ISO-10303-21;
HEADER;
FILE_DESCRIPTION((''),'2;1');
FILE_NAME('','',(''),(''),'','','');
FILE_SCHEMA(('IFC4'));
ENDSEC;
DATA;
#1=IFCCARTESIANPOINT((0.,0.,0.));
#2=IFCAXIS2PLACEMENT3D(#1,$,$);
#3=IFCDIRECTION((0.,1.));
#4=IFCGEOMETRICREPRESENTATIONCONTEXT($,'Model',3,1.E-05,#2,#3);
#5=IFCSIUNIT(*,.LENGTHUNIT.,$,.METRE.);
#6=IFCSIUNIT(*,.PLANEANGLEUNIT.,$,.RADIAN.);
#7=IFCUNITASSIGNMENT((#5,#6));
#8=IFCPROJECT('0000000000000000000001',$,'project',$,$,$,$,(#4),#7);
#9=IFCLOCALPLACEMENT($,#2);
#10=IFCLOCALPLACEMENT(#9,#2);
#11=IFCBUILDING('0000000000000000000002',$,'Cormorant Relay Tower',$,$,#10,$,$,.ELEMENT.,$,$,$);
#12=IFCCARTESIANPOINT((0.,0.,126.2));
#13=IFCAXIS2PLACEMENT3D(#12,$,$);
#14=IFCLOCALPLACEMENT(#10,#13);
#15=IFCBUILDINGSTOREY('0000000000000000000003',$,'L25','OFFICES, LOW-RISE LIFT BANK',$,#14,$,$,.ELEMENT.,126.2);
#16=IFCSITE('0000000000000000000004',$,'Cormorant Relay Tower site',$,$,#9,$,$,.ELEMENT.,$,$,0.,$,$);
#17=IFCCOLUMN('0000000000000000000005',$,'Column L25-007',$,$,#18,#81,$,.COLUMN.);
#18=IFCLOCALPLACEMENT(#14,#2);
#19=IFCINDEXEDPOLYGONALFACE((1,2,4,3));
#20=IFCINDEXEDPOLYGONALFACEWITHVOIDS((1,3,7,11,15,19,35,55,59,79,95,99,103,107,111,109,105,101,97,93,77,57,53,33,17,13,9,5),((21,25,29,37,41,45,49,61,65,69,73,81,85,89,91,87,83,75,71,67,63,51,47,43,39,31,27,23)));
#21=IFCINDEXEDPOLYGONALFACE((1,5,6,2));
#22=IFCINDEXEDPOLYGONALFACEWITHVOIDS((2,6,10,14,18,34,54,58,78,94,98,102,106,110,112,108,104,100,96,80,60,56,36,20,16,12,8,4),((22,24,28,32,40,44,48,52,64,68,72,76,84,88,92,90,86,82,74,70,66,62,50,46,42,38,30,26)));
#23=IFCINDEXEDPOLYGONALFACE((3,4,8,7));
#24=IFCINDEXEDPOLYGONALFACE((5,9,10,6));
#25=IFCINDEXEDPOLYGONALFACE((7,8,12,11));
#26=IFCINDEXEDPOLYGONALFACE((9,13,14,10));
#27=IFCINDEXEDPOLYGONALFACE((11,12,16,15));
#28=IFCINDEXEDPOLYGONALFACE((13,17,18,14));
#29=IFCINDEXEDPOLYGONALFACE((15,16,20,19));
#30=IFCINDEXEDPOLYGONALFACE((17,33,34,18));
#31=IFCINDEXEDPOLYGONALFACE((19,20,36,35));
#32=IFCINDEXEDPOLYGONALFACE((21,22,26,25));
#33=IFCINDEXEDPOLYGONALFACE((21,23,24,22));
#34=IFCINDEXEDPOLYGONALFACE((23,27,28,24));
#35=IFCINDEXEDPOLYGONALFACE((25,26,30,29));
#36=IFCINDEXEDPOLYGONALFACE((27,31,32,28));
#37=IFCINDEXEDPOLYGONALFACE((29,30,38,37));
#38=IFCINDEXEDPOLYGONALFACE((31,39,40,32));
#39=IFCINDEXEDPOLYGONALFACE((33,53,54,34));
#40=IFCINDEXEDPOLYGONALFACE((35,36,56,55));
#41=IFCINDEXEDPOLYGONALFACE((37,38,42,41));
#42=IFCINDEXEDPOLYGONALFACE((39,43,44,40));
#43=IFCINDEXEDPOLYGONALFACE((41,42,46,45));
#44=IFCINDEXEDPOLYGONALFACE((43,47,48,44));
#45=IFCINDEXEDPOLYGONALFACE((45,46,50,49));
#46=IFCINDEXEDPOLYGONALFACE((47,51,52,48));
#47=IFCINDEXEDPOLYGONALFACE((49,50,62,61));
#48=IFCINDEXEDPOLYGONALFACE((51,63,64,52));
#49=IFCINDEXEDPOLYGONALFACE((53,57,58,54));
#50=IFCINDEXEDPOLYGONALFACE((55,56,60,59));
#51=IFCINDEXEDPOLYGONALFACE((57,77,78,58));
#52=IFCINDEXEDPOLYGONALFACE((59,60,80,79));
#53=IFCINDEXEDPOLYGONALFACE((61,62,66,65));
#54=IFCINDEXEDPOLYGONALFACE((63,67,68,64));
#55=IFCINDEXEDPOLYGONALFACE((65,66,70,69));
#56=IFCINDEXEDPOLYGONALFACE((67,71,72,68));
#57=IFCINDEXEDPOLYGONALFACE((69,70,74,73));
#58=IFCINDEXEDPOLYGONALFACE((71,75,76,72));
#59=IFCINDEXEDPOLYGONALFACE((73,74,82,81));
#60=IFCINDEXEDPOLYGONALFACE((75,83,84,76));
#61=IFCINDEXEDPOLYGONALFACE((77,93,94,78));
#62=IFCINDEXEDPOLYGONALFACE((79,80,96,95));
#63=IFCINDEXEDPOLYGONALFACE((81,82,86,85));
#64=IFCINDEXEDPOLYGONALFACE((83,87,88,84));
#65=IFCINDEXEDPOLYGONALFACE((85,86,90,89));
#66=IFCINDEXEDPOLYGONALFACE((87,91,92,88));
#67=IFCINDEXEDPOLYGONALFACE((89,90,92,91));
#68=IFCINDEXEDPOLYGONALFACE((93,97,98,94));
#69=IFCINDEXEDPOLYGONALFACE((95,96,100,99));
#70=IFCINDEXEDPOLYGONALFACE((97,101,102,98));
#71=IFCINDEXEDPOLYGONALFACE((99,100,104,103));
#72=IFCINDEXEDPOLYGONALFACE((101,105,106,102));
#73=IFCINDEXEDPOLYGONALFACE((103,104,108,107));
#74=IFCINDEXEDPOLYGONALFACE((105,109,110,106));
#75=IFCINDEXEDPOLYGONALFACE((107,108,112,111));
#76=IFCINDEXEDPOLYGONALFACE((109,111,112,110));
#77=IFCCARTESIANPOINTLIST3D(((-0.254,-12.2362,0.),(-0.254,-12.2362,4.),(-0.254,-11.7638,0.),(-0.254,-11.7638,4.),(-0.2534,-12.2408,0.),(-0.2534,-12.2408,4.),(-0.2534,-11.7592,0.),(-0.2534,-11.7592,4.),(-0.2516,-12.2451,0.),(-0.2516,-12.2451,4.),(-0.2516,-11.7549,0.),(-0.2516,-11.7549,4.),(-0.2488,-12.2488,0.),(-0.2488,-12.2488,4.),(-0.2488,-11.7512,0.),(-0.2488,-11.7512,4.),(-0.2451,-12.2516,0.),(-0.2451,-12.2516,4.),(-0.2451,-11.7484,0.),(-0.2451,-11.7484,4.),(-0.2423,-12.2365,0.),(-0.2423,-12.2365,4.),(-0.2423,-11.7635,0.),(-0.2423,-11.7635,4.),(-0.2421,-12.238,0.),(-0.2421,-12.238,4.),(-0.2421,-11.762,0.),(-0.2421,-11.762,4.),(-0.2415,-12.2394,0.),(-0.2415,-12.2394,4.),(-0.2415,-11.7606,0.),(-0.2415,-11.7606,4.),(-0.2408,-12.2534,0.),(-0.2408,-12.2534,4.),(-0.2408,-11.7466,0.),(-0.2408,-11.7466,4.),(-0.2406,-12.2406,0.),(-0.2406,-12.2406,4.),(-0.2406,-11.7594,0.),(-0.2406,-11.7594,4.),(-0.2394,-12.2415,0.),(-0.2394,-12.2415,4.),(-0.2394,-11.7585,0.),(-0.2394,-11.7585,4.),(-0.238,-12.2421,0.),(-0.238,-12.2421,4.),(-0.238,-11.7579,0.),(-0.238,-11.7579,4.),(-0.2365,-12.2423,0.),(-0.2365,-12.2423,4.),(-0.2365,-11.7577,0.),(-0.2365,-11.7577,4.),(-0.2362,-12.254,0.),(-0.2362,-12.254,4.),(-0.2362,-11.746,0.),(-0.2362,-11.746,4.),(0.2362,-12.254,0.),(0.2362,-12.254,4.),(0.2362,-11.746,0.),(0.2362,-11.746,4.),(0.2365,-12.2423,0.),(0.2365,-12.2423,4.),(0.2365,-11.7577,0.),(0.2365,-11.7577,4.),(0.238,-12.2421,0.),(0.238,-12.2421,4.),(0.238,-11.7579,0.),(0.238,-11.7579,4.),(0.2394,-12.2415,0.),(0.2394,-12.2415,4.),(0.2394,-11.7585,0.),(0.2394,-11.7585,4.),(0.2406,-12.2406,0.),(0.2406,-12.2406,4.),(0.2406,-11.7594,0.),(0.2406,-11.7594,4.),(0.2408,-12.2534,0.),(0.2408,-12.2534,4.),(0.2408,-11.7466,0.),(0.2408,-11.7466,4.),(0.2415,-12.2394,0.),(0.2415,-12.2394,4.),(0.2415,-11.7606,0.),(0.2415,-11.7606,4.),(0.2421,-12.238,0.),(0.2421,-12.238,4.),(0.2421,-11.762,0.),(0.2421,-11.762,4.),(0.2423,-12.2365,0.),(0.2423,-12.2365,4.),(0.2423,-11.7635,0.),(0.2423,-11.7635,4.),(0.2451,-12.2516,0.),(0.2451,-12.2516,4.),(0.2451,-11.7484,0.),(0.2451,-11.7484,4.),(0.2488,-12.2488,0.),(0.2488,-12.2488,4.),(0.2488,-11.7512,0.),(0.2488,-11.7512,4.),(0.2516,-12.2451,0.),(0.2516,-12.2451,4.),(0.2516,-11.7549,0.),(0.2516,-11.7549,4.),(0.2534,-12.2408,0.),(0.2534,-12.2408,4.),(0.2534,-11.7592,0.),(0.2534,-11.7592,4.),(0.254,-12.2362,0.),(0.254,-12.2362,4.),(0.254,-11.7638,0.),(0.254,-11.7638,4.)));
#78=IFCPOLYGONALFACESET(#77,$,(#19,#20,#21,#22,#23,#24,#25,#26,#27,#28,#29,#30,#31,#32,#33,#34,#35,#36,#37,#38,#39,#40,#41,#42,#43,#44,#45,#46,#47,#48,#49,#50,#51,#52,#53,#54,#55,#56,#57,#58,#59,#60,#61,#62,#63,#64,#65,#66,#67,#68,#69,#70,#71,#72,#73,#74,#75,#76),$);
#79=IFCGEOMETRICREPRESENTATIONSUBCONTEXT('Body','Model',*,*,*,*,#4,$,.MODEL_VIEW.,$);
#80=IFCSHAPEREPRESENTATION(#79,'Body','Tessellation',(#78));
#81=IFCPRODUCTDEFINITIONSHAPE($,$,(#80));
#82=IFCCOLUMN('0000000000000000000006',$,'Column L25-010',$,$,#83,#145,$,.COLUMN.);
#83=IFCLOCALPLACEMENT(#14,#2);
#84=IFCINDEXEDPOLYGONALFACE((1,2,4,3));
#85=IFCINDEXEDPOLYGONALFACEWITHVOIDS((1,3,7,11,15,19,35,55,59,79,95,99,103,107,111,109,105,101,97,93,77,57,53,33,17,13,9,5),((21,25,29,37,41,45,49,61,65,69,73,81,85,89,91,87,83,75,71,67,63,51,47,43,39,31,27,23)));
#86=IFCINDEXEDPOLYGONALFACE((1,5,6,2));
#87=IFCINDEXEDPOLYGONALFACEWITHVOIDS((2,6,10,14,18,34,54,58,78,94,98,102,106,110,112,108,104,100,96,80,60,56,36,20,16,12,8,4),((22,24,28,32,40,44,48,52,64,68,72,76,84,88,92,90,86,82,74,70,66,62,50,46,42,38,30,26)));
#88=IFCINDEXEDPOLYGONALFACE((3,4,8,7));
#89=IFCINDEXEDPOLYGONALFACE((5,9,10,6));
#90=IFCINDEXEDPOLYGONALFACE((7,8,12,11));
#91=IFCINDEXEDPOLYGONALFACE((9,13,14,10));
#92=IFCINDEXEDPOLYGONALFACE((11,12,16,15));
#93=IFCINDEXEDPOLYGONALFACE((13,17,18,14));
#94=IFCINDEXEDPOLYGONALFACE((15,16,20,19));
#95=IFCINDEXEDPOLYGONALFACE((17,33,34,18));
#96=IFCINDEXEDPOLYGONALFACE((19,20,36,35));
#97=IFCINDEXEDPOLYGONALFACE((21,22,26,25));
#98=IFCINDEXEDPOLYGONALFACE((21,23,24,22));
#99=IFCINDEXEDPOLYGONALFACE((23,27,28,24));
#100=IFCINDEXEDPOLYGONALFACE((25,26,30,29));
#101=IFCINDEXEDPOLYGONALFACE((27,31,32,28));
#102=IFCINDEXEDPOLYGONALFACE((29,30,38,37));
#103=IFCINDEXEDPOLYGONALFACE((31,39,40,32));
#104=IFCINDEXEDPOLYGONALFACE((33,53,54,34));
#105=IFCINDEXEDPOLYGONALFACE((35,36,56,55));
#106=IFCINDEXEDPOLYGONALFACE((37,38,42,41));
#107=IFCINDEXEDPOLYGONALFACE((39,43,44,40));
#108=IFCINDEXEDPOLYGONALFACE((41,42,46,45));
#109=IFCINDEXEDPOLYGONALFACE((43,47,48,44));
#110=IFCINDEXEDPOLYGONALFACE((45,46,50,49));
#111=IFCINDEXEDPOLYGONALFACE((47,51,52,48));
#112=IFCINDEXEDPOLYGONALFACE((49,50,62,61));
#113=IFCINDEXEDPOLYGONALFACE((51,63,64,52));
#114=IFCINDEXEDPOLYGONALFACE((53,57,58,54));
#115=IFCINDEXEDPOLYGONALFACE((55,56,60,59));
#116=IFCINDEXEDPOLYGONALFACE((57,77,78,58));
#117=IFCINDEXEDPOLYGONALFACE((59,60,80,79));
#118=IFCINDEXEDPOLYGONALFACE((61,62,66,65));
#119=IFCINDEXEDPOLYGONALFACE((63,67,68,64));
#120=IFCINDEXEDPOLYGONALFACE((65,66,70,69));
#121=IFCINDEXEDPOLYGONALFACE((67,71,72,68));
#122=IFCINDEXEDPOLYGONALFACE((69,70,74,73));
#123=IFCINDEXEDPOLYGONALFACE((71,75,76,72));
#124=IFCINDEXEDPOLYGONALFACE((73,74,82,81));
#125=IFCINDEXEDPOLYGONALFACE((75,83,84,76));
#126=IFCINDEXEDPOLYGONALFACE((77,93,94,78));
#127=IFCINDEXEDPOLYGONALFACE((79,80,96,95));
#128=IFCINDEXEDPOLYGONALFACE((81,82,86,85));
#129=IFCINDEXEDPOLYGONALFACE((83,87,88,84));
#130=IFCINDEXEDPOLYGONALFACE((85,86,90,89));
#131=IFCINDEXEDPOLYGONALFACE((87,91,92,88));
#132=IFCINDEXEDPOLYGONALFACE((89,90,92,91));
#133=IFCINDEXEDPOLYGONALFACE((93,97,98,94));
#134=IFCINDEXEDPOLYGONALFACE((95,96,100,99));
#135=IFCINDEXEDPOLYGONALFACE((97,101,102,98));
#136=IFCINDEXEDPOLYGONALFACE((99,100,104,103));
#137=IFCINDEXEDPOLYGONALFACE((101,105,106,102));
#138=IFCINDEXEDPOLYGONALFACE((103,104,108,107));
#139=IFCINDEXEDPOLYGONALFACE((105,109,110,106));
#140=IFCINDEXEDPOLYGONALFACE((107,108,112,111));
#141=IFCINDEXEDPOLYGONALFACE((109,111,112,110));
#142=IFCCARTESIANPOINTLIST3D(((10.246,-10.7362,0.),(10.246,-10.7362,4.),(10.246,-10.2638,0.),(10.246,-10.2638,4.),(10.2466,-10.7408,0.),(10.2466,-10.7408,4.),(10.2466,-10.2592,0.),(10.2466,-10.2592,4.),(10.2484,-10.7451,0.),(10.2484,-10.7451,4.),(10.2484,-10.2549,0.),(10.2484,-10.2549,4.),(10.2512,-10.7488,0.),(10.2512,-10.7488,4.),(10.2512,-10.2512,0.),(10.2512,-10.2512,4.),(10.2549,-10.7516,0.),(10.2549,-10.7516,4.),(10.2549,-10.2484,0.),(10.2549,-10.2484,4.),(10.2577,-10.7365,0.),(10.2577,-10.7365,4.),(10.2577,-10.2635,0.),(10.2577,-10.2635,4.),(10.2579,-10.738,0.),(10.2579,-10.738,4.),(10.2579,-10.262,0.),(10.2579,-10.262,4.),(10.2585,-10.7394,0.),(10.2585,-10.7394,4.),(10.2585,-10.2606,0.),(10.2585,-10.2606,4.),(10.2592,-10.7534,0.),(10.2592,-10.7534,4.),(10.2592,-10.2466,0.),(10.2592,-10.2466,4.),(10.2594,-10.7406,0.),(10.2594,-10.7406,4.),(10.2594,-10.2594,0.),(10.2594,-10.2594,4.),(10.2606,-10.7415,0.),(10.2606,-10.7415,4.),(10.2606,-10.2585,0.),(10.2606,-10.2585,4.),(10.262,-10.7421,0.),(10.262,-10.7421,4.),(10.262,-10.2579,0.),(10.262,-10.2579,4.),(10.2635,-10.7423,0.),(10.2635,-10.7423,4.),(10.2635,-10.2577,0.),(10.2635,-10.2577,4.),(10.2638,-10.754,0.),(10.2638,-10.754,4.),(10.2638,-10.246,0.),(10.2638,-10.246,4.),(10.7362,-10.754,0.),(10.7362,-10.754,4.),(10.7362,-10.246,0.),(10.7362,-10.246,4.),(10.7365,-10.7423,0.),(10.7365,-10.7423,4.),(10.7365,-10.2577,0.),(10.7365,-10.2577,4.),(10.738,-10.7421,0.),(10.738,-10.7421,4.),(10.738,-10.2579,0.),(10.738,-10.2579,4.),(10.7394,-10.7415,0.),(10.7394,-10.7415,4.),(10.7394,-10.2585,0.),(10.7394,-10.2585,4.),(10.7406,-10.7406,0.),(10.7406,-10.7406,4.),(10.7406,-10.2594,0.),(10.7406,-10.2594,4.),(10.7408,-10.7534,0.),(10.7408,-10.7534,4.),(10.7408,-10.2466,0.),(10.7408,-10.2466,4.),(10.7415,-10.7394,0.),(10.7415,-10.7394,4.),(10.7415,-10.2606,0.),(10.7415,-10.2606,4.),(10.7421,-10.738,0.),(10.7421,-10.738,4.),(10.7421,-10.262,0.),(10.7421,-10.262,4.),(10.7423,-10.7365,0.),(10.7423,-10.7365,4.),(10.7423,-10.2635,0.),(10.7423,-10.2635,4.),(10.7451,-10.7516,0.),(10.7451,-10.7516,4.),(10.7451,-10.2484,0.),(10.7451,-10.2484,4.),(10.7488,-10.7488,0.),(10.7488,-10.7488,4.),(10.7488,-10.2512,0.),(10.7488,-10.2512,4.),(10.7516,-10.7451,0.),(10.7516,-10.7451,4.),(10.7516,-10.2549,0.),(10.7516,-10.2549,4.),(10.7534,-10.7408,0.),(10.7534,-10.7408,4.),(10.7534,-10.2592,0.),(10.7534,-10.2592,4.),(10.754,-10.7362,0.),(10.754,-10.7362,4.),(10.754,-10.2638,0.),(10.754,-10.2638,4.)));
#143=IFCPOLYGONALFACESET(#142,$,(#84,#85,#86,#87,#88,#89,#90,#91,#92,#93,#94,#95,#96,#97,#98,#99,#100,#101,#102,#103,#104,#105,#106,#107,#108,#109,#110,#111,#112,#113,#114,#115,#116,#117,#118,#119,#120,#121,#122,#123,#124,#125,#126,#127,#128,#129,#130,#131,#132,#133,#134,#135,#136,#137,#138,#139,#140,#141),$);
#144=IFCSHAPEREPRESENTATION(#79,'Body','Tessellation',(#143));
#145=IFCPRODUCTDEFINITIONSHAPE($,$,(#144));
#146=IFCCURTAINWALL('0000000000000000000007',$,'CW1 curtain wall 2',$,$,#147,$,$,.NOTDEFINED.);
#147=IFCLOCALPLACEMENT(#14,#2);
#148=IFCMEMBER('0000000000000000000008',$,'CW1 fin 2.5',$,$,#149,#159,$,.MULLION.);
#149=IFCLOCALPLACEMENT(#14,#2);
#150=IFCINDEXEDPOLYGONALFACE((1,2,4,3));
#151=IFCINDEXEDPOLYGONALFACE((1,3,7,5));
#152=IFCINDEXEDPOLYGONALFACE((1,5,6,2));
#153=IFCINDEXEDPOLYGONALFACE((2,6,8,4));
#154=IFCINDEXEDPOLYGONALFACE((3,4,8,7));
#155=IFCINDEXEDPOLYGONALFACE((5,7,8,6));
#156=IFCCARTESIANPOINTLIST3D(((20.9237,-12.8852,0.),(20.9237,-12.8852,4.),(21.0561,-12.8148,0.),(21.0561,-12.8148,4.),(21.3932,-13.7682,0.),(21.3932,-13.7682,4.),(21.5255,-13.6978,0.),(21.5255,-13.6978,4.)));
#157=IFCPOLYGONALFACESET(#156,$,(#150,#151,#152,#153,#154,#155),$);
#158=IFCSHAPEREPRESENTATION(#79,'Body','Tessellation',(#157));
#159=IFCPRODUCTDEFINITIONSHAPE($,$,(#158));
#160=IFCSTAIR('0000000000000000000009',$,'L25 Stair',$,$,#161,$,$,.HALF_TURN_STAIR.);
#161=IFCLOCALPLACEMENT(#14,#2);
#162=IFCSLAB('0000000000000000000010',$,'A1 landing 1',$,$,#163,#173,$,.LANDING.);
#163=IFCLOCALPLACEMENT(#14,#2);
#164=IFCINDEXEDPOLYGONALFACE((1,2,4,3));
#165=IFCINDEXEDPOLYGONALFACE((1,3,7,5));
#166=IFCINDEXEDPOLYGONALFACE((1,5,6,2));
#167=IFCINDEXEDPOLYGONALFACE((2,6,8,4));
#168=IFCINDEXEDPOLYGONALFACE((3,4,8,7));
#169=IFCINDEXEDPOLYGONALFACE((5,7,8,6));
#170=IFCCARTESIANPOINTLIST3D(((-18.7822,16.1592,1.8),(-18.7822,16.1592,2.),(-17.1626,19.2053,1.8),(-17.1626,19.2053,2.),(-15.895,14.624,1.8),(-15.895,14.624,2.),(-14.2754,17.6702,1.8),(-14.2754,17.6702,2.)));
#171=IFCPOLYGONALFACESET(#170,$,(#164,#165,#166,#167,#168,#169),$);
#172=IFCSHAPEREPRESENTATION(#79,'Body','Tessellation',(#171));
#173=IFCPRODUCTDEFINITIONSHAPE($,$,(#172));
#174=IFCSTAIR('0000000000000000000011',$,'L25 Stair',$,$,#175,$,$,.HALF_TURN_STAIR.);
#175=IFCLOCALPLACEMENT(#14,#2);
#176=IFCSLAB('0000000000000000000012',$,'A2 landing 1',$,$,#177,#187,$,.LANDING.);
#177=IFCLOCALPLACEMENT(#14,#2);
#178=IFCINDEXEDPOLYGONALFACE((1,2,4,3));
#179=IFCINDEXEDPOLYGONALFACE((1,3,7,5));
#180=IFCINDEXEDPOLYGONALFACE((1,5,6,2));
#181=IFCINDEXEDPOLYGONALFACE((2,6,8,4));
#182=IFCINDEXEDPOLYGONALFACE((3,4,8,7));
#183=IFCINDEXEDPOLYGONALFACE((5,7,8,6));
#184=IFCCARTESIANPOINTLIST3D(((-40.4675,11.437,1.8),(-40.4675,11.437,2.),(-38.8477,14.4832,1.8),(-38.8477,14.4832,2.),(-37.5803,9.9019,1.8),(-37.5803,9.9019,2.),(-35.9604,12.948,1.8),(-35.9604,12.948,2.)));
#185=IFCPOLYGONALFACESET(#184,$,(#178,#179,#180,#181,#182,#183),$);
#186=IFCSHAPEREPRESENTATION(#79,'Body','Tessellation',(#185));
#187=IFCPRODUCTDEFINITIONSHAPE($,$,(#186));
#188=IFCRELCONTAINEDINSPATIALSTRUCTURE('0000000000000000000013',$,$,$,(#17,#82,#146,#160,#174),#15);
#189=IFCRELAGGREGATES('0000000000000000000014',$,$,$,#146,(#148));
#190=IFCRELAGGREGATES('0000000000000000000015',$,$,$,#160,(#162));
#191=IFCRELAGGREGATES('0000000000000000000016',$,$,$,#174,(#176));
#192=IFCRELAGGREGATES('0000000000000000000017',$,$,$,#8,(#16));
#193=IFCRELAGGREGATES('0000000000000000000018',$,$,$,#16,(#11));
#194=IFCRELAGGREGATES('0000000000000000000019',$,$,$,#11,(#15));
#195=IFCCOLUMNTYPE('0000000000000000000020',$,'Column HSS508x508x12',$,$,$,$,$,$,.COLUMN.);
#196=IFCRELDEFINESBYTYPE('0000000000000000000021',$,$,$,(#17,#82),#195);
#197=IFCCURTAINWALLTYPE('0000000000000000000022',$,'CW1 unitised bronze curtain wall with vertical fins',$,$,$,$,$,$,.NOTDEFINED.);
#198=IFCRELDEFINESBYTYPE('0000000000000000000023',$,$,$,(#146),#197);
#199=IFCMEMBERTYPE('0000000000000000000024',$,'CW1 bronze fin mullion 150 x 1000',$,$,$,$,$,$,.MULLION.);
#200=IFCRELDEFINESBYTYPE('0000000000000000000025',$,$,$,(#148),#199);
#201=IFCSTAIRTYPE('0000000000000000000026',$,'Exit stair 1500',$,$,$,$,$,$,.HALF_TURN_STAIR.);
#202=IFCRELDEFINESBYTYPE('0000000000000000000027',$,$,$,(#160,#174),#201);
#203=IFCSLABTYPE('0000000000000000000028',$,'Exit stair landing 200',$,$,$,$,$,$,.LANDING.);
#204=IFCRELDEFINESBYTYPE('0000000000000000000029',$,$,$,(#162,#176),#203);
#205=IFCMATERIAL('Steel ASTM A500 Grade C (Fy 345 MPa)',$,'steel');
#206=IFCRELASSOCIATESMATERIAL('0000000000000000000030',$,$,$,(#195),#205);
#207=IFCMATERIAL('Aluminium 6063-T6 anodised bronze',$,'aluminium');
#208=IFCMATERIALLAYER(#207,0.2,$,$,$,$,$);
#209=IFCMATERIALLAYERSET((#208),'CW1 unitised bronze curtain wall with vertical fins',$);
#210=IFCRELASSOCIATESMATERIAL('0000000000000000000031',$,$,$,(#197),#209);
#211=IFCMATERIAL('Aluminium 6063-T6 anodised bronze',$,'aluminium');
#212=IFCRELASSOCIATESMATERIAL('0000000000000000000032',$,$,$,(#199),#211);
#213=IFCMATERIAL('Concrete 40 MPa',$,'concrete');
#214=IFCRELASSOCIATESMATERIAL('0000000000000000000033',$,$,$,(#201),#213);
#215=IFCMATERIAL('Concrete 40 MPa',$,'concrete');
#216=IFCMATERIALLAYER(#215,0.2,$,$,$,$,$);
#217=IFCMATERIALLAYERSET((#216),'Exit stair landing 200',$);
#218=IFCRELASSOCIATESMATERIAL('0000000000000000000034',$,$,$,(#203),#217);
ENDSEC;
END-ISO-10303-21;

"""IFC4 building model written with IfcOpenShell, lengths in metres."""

from ifc_helpers import new_model, si_unit, direction, frame, origin, origin_2d, place, context, subcontext, project, spatial, polyline, rectangle, hollow_rectangle, outline, extrude, material, layer, layer_set, material_profile, profile_set, type_object, element, aggregate, save


model = new_model("IFC4")

# Units and contexts
model_context = context("Model", 3, precision=1e-05, world=origin(), true_north=direction((0.0, 1.0)))
body_context = subcontext(model_context, "Body", "Model", "MODEL_VIEW")
ifc_project = project(units=[si_unit("LENGTHUNIT", "METRE"), si_unit("PLANEANGLEUNIT", "RADIAN")], contexts=[model_context])

# Site, building, storey
site_placement = place(None, origin())
site = spatial("IfcSite", under=ifc_project, at=site_placement, Name="Cormorant Relay Tower site", CompositionType="ELEMENT", RefElevation=0.0)
building_placement = place(site_placement, origin())
building = spatial("IfcBuilding", under=site, at=building_placement, Name="Cormorant Relay Tower", CompositionType="ELEMENT")
storey_placement = place(building_placement, frame((0.0, 0.0, 126.2)))
storey = spatial("IfcBuildingStorey", under=building, at=storey_placement, Name="L25", Description="OFFICES, LOW-RISE LIFT BANK", CompositionType="ELEMENT", Elevation=126.2)

# Columns
ifc_material_1 = material(Name="Steel ASTM A500 Grade C (Fy 345 MPa)", Category="steel")
ifc_material_profile_1 = material_profile(ifc_material_1, hollow_rectangle(XDim=0.5081, YDim=0.5081, WallThickness=0.0117, InnerFilletRadius=0.0059, OuterFilletRadius=0.0178, at=origin_2d()), Name="HSS508x508x12")
ifc_profile_set_1 = profile_set([ifc_material_profile_1], Name="Steel ASTM A500 Grade C (Fy 345 MPa)")
column_type = type_object("IfcColumnType", Name="Column HSS508x508x12", PredefinedType="COLUMN", material=ifc_profile_set_1)
for number, where, z_axis, x_axis, name in (
    (1, (0.0, -12.0, 0.0), (0.0, 0.0, 1.0), (1.0, 0.0, 0.0), "Column L25-007"),
    (2, (10.5, -10.5, 0.0), (0.0, 0.0, 1.0), (1.0, 0.0, 0.0), "Column L25-010"),
):
    element("IfcColumn", number, at=place(storey_placement, frame(where, z_axis=z_axis, x_axis=x_axis)), inside=storey, type_object=column_type, Name=name, PredefinedType="COLUMN", context=body_context, shape_type="SweptSolid", body=[
        extrude(hollow_rectangle(XDim=0.5081, YDim=0.5081, WallThickness=0.0117, InnerFilletRadius=0.0059, OuterFilletRadius=0.0178, at=origin_2d()), origin(), (0.0, 0.0, 1.0), 4.0),
    ])

# Curtain wall, member
ifc_material_2 = material(Name="Aluminium 6063-T6 anodised bronze", Category="aluminium")
ifc_layer_1 = layer(ifc_material_2, 0.2)
ifc_layer_set_1 = layer_set([ifc_layer_1], Name="CW1 unitised bronze curtain wall with vertical fins")
curtain_wall_type = type_object("IfcCurtainWallType", Name="CW1 unitised bronze curtain wall with vertical fins", PredefinedType="NOTDEFINED", material=ifc_layer_set_1)
curtain_wall_placement = place(storey_placement, origin())
curtain_wall = element("IfcCurtainWall", 3, at=curtain_wall_placement, inside=storey, type_object=curtain_wall_type, Name="CW1 curtain wall 2", PredefinedType="NOTDEFINED")
ifc_material_3 = material(Name="Aluminium 6063-T6 anodised bronze", Category="aluminium")
ifc_material_profile_2 = material_profile(ifc_material_3, rectangle(XDim=0.1499, YDim=1.0, at=origin_2d()), Name="AL 150x1000")
ifc_profile_set_2 = profile_set([ifc_material_profile_2], Name="Aluminium 6063-T6 anodised bronze")
member_type = type_object("IfcMemberType", Name="CW1 bronze fin mullion 150 x 1000", PredefinedType="MULLION", material=ifc_profile_set_2)
member_placement = place(storey_placement, frame((21.2246, -13.2915, 0.0), z_axis=(0.0, 0.0, 1.0), x_axis=(0.882948, 0.469472, 0.0)))
member = element("IfcMember", 4, at=member_placement, type_object=member_type, Name="CW1 fin 2.5", PredefinedType="MULLION", context=body_context, shape_type="SweptSolid", body=[
    extrude(rectangle(XDim=0.1499, YDim=1.0, at=origin_2d()), origin(), (0.0, 0.0, 1.0), 4.0),
])
aggregate(curtain_wall, [member])

# Stairs, slabs
ifc_material_4 = material(Name="Concrete 40 MPa", Category="concrete")
stair_type = type_object("IfcStairType", Name="Exit stair 1500", PredefinedType="HALF_TURN_STAIR", material=ifc_material_4)
stair_1_placement = place(storey_placement, origin())
stair_1 = element("IfcStair", 5, at=stair_1_placement, inside=storey, type_object=stair_type, Name="L25 Stair", PredefinedType="HALF_TURN_STAIR")
ifc_material_5 = material(Name="Concrete 40 MPa", Category="concrete")
ifc_layer_2 = layer(ifc_material_5, 0.2)
ifc_layer_set_2 = layer_set([ifc_layer_2], Name="Exit stair landing 200")
slab_type_1 = type_object("IfcSlabType", Name="Exit stair landing 200", PredefinedType="LANDING", material=ifc_layer_set_2)
slab_1_placement = place(storey_placement, frame((0.0, 0.0, 1.8)))
slab_1 = element("IfcSlab", 6, at=slab_1_placement, type_object=slab_type_1, Name="A1 landing 1", PredefinedType="LANDING", context=body_context, shape_type="SweptSolid", body=[
    extrude(outline(polyline([(-18.7822, 16.1592), (-15.895, 14.624), (-14.2754, 17.6702), (-17.1626, 19.2053), (-18.7822, 16.1592)])), origin(), (0.0, 0.0, 1.0), 0.2),
])
aggregate(stair_1, [slab_1])
stair_2_placement = place(storey_placement, origin())
stair_2 = element("IfcStair", 7, at=stair_2_placement, inside=storey, type_object=stair_type, Name="L25 Stair", PredefinedType="HALF_TURN_STAIR")
slab_2_placement = place(storey_placement, frame((0.0, 0.0, 1.8)))
slab_2 = element("IfcSlab", 8, at=slab_2_placement, type_object=slab_type_1, Name="A2 landing 1", PredefinedType="LANDING", context=body_context, shape_type="SweptSolid", body=[
    extrude(outline(polyline([(-35.9604, 12.948), (-38.8477, 14.4832), (-40.4675, 11.437), (-37.5803, 9.9019), (-35.9604, 12.948)])), origin(), (0.0, 0.0, 1.0), 0.2),
])
aggregate(stair_2, [slab_2])

save(model, "model.ifc")
